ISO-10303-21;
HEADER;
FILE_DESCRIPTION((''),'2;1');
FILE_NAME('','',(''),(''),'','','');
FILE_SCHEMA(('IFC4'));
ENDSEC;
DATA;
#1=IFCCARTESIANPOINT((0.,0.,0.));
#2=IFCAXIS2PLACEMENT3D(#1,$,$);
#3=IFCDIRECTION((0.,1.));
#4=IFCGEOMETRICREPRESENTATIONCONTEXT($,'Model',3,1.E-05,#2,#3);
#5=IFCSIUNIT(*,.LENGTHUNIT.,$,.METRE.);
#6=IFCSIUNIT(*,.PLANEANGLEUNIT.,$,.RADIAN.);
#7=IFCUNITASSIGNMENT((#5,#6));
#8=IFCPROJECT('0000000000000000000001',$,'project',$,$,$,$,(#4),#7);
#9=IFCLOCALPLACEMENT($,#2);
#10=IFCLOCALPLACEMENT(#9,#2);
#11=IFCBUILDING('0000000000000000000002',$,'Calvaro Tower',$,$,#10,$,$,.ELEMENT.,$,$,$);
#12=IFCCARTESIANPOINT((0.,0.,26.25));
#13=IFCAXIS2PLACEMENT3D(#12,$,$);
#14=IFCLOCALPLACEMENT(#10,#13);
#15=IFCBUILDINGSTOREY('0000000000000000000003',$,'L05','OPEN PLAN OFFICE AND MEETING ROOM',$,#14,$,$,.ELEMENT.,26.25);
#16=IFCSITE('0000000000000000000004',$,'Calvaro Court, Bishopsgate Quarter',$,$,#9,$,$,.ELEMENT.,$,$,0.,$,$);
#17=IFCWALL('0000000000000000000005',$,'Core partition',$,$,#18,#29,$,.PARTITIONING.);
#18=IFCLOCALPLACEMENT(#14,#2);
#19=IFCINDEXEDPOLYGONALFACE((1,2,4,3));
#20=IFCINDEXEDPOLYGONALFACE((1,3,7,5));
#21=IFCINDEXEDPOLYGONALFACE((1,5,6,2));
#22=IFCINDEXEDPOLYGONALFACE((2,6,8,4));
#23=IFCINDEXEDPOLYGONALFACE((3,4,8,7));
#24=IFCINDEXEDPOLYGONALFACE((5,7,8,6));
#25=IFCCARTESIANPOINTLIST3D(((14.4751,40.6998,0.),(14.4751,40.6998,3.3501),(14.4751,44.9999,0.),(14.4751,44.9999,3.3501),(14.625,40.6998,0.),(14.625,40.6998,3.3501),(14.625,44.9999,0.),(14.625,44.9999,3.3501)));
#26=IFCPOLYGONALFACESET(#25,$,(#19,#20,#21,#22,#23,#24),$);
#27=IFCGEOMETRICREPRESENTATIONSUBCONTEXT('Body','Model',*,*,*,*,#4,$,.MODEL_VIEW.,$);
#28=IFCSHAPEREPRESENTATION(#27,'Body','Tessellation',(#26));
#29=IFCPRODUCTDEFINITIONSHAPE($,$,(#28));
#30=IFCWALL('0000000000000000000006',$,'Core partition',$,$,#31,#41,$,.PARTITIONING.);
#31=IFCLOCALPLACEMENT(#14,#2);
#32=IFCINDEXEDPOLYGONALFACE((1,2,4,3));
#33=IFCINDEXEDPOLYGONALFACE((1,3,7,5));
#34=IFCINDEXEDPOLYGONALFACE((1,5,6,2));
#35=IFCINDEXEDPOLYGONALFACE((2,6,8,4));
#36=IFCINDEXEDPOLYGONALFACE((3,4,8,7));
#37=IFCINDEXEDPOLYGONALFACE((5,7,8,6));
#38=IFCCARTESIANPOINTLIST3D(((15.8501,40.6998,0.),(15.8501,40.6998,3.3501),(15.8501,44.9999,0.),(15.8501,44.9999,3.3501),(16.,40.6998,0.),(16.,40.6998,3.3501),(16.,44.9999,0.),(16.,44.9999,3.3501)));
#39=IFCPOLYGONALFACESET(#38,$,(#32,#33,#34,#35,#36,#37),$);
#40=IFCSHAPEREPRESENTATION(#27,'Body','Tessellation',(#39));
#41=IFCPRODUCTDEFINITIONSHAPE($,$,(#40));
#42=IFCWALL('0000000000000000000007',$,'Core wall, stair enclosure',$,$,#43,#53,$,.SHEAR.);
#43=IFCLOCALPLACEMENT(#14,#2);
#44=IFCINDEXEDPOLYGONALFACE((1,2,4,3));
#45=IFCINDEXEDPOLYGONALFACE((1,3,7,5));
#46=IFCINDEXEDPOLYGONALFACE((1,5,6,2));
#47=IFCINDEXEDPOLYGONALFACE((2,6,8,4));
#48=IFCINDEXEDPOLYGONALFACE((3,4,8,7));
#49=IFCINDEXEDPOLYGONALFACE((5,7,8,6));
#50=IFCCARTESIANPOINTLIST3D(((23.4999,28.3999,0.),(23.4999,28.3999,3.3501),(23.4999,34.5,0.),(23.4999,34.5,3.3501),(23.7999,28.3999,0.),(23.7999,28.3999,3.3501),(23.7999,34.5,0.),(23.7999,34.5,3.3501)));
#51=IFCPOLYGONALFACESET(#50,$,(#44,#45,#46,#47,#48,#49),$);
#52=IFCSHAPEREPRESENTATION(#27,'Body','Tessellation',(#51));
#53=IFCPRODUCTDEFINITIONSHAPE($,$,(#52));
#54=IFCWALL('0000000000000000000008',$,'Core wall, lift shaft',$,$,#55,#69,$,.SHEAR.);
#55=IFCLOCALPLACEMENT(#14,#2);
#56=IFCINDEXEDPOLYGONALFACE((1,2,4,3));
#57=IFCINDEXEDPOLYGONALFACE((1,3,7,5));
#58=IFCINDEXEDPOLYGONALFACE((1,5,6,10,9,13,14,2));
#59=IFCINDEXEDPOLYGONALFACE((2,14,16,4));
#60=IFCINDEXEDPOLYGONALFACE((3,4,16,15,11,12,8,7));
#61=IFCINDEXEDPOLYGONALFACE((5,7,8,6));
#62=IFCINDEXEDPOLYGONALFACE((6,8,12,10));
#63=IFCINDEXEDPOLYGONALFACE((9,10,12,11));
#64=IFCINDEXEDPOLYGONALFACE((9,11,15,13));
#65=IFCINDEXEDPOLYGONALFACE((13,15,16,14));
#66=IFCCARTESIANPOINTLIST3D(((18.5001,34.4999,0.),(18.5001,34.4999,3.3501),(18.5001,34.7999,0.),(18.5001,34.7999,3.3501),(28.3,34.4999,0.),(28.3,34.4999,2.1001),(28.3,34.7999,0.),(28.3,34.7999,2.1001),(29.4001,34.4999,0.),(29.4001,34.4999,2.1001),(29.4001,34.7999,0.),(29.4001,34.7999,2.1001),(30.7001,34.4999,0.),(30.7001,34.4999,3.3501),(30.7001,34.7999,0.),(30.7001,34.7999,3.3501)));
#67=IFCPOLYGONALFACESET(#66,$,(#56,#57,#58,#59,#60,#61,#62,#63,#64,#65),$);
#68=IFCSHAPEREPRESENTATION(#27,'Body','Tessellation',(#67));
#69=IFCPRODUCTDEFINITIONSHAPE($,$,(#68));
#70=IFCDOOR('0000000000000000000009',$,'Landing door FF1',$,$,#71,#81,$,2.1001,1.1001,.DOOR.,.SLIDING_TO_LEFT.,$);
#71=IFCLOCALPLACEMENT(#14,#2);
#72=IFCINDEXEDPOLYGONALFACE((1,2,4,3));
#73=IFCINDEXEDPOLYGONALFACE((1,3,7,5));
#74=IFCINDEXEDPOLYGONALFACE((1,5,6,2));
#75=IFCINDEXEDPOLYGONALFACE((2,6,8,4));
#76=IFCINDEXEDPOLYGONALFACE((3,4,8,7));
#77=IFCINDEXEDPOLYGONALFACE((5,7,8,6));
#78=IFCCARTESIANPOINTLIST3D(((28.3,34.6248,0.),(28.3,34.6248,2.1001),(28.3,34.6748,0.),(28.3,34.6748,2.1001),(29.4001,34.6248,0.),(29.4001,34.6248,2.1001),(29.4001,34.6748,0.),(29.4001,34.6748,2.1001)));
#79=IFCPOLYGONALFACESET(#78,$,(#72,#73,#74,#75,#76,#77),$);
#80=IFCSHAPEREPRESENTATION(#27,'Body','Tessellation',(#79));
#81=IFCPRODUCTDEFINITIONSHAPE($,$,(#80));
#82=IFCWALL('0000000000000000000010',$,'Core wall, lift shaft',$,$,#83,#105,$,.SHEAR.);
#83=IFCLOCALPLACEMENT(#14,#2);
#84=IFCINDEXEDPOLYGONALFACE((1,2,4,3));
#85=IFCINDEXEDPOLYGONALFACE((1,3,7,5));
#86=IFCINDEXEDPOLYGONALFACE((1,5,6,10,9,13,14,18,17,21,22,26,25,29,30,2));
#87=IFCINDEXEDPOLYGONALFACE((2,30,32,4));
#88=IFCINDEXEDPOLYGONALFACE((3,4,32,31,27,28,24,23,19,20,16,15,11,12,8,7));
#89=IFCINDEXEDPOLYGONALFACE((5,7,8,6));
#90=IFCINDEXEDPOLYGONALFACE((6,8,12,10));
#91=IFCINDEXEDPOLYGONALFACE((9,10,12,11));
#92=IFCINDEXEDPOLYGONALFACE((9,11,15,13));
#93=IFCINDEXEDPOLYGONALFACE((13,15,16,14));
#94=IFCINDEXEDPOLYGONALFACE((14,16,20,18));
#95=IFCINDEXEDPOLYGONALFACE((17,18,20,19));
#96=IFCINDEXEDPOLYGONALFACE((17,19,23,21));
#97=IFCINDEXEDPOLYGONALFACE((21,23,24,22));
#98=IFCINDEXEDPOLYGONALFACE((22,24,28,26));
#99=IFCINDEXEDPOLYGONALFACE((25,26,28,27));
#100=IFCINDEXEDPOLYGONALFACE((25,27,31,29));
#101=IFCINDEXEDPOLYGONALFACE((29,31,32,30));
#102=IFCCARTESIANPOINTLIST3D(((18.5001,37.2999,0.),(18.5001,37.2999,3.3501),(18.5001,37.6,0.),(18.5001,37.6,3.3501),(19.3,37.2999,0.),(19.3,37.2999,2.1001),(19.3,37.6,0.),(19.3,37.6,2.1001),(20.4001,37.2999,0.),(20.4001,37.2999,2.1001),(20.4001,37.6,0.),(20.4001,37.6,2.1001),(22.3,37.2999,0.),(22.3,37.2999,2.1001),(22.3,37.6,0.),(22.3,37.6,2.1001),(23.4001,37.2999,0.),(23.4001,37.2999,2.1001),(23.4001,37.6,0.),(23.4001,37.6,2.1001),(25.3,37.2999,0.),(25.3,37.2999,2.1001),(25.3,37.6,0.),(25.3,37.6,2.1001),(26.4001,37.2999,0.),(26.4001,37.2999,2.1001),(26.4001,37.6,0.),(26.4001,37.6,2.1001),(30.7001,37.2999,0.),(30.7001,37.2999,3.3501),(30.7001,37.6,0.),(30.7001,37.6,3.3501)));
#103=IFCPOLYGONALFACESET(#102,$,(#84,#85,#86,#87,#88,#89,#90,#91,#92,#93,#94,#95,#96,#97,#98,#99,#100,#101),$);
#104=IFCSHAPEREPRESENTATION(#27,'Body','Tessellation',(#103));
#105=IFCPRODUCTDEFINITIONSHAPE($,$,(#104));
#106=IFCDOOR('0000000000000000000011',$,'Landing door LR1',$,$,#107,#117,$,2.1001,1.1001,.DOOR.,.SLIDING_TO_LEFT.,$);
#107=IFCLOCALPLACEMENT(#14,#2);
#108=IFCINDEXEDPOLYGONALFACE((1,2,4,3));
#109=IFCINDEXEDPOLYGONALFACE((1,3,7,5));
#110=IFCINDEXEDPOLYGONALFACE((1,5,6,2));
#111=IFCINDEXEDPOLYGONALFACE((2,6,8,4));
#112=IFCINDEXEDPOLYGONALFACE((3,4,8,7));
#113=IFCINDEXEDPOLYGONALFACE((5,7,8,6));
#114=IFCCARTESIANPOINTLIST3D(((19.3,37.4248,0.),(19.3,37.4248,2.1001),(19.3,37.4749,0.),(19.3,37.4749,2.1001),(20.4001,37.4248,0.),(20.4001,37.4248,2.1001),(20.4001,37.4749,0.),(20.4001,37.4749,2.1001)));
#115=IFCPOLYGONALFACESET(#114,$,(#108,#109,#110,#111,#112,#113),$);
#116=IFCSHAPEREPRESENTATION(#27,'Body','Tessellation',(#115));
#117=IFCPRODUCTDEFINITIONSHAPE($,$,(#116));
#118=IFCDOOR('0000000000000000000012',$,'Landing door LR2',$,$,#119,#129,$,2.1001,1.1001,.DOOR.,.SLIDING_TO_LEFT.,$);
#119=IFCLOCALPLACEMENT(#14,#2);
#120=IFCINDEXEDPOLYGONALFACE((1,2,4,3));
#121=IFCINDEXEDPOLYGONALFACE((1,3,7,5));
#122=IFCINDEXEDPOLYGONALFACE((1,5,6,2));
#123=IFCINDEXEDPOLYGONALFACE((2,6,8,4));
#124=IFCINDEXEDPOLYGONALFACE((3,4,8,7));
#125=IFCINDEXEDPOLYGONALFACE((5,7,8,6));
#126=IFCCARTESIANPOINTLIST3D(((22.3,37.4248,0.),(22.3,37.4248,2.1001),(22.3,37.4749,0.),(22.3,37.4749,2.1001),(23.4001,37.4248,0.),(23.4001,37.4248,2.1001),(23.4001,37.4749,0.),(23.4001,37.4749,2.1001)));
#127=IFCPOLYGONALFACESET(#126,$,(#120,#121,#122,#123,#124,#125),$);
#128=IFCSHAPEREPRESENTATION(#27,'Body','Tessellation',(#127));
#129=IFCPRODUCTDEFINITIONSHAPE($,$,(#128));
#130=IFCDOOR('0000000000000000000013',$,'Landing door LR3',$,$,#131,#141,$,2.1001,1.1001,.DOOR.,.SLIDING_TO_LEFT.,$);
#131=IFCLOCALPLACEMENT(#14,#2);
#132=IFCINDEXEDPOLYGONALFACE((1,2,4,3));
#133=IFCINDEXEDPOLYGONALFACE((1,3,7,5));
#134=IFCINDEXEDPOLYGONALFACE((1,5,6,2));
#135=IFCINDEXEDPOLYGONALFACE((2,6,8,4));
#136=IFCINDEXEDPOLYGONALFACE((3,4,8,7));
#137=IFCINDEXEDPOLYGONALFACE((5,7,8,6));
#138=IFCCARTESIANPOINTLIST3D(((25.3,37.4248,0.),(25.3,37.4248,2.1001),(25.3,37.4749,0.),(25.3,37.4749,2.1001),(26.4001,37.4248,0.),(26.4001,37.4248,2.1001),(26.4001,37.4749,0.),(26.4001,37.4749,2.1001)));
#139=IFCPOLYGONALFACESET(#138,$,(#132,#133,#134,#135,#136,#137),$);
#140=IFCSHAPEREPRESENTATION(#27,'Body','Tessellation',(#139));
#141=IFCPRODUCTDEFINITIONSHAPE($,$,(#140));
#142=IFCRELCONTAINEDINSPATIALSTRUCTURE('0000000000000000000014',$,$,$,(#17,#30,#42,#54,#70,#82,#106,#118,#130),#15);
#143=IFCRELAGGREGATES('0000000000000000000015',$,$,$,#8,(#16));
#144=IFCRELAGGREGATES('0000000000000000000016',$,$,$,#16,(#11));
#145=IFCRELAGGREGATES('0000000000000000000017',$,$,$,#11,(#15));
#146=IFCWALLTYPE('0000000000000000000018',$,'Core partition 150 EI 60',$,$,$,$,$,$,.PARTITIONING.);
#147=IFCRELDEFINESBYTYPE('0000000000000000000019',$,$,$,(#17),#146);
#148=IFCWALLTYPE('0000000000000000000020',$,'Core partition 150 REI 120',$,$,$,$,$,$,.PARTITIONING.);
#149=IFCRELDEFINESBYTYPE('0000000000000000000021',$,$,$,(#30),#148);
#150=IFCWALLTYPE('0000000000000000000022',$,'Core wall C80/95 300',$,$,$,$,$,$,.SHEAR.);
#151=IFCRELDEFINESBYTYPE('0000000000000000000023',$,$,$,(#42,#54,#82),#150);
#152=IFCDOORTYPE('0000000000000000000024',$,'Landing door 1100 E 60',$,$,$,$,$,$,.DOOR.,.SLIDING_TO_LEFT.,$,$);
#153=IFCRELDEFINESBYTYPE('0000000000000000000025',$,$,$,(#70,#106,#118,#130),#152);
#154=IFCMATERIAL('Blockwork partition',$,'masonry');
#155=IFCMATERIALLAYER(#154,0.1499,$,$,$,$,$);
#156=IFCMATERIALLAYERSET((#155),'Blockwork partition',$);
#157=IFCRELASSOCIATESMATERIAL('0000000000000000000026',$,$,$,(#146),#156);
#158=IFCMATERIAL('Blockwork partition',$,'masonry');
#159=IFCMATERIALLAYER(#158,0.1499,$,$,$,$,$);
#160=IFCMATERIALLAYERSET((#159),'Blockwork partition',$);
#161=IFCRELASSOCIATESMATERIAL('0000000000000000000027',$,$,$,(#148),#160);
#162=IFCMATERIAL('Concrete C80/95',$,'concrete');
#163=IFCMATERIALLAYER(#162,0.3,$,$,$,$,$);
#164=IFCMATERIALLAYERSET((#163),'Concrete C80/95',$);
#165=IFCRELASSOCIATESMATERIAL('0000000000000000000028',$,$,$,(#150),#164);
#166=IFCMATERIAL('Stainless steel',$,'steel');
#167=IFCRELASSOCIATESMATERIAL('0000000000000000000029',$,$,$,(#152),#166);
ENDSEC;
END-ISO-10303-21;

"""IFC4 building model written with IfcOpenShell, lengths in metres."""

from ifc_helpers import new_model, si_unit, direction, frame, frame_2d, origin, place, context, subcontext, project, spatial, rectangle, extrude, material, layer, layer_set, type_object, element, fill, save


model = new_model("IFC4")

# Units and contexts
model_context = context("Model", 3, precision=1e-05, world=origin(), true_north=direction((0.0, 1.0)))
body_context = subcontext(model_context, "Body", "Model", "MODEL_VIEW")
ifc_project = project(units=[si_unit("LENGTHUNIT", "METRE"), si_unit("PLANEANGLEUNIT", "RADIAN")], contexts=[model_context])

# Site, building, storey
site_placement = place(None, origin())
site = spatial("IfcSite", under=ifc_project, at=site_placement, Name="Calvaro Court, Bishopsgate Quarter", CompositionType="ELEMENT", RefElevation=0.0)
building_placement = place(site_placement, origin())
building = spatial("IfcBuilding", under=site, at=building_placement, Name="Calvaro Tower", CompositionType="ELEMENT")
storey_placement = place(building_placement, frame((0.0, 0.0, 26.25)))
storey = spatial("IfcBuildingStorey", under=building, at=storey_placement, Name="L05", Description="OPEN PLAN OFFICE AND MEETING ROOM", CompositionType="ELEMENT", Elevation=26.25)

# Walls
ifc_material_1 = material(Name="Blockwork partition", Category="masonry")
ifc_layer_1 = layer(ifc_material_1, 0.1499)
ifc_layer_set_1 = layer_set([ifc_layer_1], Name="Blockwork partition")
wall_type_1 = type_object("IfcWallType", Name="Core partition 150 EI 60", PredefinedType="PARTITIONING", material=ifc_layer_set_1)
wall_1_placement = place(storey_placement, frame((14.55, 40.7, 0.0), z_axis=(0.0, 0.0, 1.0), x_axis=(0.0, 1.0, 0.0)))
element("IfcWall", 1, at=wall_1_placement, inside=storey, type_object=wall_type_1, Name="Core partition", PredefinedType="PARTITIONING", context=body_context, shape_type="SweptSolid", body=[
    extrude(rectangle(XDim=4.3, YDim=0.1499, at=frame_2d((2.1499, 0.0))), origin(), (0.0, 0.0, 1.0), 3.3501),
])
ifc_material_2 = material(Name="Blockwork partition", Category="masonry")
ifc_layer_2 = layer(ifc_material_2, 0.1499)
ifc_layer_set_2 = layer_set([ifc_layer_2], Name="Blockwork partition")
wall_type_2 = type_object("IfcWallType", Name="Core partition 150 REI 120", PredefinedType="PARTITIONING", material=ifc_layer_set_2)
wall_2_placement = place(storey_placement, frame((15.925, 40.7, 0.0), z_axis=(0.0, 0.0, 1.0), x_axis=(0.0, 1.0, 0.0)))
element("IfcWall", 2, at=wall_2_placement, inside=storey, type_object=wall_type_2, Name="Core partition", PredefinedType="PARTITIONING", context=body_context, shape_type="SweptSolid", body=[
    extrude(rectangle(XDim=4.3, YDim=0.1499, at=frame_2d((2.1499, 0.0))), origin(), (0.0, 0.0, 1.0), 3.3501),
])
ifc_material_3 = material(Name="Concrete C80/95", Category="concrete")
ifc_layer_3 = layer(ifc_material_3, 0.3)
ifc_layer_set_3 = layer_set([ifc_layer_3], Name="Concrete C80/95")
wall_type_3 = type_object("IfcWallType", Name="Core wall C80/95 300", PredefinedType="SHEAR", material=ifc_layer_set_3)
wall_3_placement = place(storey_placement, frame((23.6499, 28.3999, 0.0), z_axis=(0.0, 0.0, 1.0), x_axis=(0.0, 1.0, 0.0)))
element("IfcWall", 3, at=wall_3_placement, inside=storey, type_object=wall_type_3, Name="Core wall, stair enclosure", PredefinedType="SHEAR", context=body_context, shape_type="SweptSolid", body=[
    extrude(rectangle(XDim=6.1001, YDim=0.3, at=frame_2d((3.05, 0.0))), origin(), (0.0, 0.0, 1.0), 3.3501),
])

# Wall, opening, door
wall_4_placement = place(storey_placement, frame((18.5, 34.6499, 0.0), z_axis=(0.0, 0.0, 1.0), x_axis=(1.0, 0.0, 0.0)))
wall_4 = element("IfcWall", 4, at=wall_4_placement, inside=storey, type_object=wall_type_3, Name="Core wall, lift shaft", PredefinedType="SHEAR", context=body_context, shape_type="SweptSolid", body=[
    extrude(rectangle(XDim=12.2, YDim=0.3, at=frame_2d((6.1001, 0.0))), origin(), (0.0, 0.0, 1.0), 3.3501),
])
opening_1_placement = place(wall_4_placement, frame((9.8, 0.0, 0.0)))
opening_1 = element("IfcOpeningElement", 5, at=opening_1_placement, cuts=wall_4, PredefinedType="OPENING", context=body_context, shape_type="SweptSolid", body=[
    extrude(rectangle(XDim=1.1001, YDim=2.1001, at=frame_2d((0.55, 1.05))), frame((0.0, 0.1599, 0.0), z_axis=(0.0, -1.0, 0.0), x_axis=(1.0, 0.0, 0.0)), (0.0, 0.0, 1.0), 0.3201),
])
ifc_material_4 = material(Name="Stainless steel", Category="steel")
door_type_1 = type_object("IfcDoorType", Name="Landing door 1100 E 60", OperationType="SLIDING_TO_LEFT", PredefinedType="DOOR", material=ifc_material_4)
door_1_placement = place(opening_1_placement, origin())
door_1 = element("IfcDoor", 6, at=door_1_placement, inside=storey, type_object=door_type_1, Name="Landing door FF1", OperationType="SLIDING_TO_LEFT", OverallHeight=2.1001, OverallWidth=1.1001, PredefinedType="DOOR", context=body_context, shape_type="SweptSolid", body=[
    extrude(rectangle(XDim=1.1001, YDim=2.1001, at=frame_2d((0.55, 1.05))), frame((0.0, 0.0249, 0.0), z_axis=(0.0, -1.0, 0.0), x_axis=(1.0, 0.0, 0.0)), (0.0, 0.0, 1.0), 0.05),
])
fill(opening_1, door_1)

# Wall, openings, doors
wall_5_placement = place(storey_placement, frame((18.5, 37.45, 0.0), z_axis=(0.0, 0.0, 1.0), x_axis=(1.0, 0.0, 0.0)))
wall_5 = element("IfcWall", 7, at=wall_5_placement, inside=storey, type_object=wall_type_3, Name="Core wall, lift shaft", PredefinedType="SHEAR", context=body_context, shape_type="SweptSolid", body=[
    extrude(rectangle(XDim=12.2, YDim=0.3, at=frame_2d((6.1001, 0.0))), origin(), (0.0, 0.0, 1.0), 3.3501),
])
opening_2_placement = place(wall_5_placement, frame((0.8, 0.0, 0.0)))
opening_2 = element("IfcOpeningElement", 8, at=opening_2_placement, cuts=wall_5, PredefinedType="OPENING", context=body_context, shape_type="SweptSolid", body=[
    extrude(rectangle(XDim=1.1001, YDim=2.1001, at=frame_2d((0.55, 1.05))), frame((0.0, 0.1599, 0.0), z_axis=(0.0, -1.0, 0.0), x_axis=(1.0, 0.0, 0.0)), (0.0, 0.0, 1.0), 0.3201),
])
opening_3_placement = place(wall_5_placement, frame((3.8, 0.0, 0.0)))
opening_3 = element("IfcOpeningElement", 9, at=opening_3_placement, cuts=wall_5, PredefinedType="OPENING", context=body_context, shape_type="SweptSolid", body=[
    extrude(rectangle(XDim=1.1001, YDim=2.1001, at=frame_2d((0.55, 1.05))), frame((0.0, 0.1599, 0.0), z_axis=(0.0, -1.0, 0.0), x_axis=(1.0, 0.0, 0.0)), (0.0, 0.0, 1.0), 0.3201),
])
opening_4_placement = place(wall_5_placement, frame((6.8, 0.0, 0.0)))
opening_4 = element("IfcOpeningElement", 10, at=opening_4_placement, cuts=wall_5, PredefinedType="OPENING", context=body_context, shape_type="SweptSolid", body=[
    extrude(rectangle(XDim=1.1001, YDim=2.1001, at=frame_2d((0.55, 1.05))), frame((0.0, 0.1599, 0.0), z_axis=(0.0, -1.0, 0.0), x_axis=(1.0, 0.0, 0.0)), (0.0, 0.0, 1.0), 0.3201),
])
door_2_placement = place(opening_2_placement, origin())
door_2 = element("IfcDoor", 11, at=door_2_placement, inside=storey, type_object=door_type_1, Name="Landing door LR1", OperationType="SLIDING_TO_LEFT", OverallHeight=2.1001, OverallWidth=1.1001, PredefinedType="DOOR", context=body_context, shape_type="SweptSolid", body=[
    extrude(rectangle(XDim=1.1001, YDim=2.1001, at=frame_2d((0.55, 1.05))), frame((0.0, 0.0249, 0.0), z_axis=(0.0, -1.0, 0.0), x_axis=(1.0, 0.0, 0.0)), (0.0, 0.0, 1.0), 0.05),
])
fill(opening_2, door_2)
door_3_placement = place(opening_3_placement, origin())
door_3 = element("IfcDoor", 12, at=door_3_placement, inside=storey, type_object=door_type_1, Name="Landing door LR2", OperationType="SLIDING_TO_LEFT", OverallHeight=2.1001, OverallWidth=1.1001, PredefinedType="DOOR", context=body_context, shape_type="SweptSolid", body=[
    extrude(rectangle(XDim=1.1001, YDim=2.1001, at=frame_2d((0.55, 1.05))), frame((0.0, 0.0249, 0.0), z_axis=(0.0, -1.0, 0.0), x_axis=(1.0, 0.0, 0.0)), (0.0, 0.0, 1.0), 0.05),
])
fill(opening_3, door_3)
door_4_placement = place(opening_4_placement, origin())
door_4 = element("IfcDoor", 13, at=door_4_placement, inside=storey, type_object=door_type_1, Name="Landing door LR3", OperationType="SLIDING_TO_LEFT", OverallHeight=2.1001, OverallWidth=1.1001, PredefinedType="DOOR", context=body_context, shape_type="SweptSolid", body=[
    extrude(rectangle(XDim=1.1001, YDim=2.1001, at=frame_2d((0.55, 1.05))), frame((0.0, 0.0249, 0.0), z_axis=(0.0, -1.0, 0.0), x_axis=(1.0, 0.0, 0.0)), (0.0, 0.0, 1.0), 0.05),
])
fill(opening_4, door_4)

save(model, "model.ifc")
